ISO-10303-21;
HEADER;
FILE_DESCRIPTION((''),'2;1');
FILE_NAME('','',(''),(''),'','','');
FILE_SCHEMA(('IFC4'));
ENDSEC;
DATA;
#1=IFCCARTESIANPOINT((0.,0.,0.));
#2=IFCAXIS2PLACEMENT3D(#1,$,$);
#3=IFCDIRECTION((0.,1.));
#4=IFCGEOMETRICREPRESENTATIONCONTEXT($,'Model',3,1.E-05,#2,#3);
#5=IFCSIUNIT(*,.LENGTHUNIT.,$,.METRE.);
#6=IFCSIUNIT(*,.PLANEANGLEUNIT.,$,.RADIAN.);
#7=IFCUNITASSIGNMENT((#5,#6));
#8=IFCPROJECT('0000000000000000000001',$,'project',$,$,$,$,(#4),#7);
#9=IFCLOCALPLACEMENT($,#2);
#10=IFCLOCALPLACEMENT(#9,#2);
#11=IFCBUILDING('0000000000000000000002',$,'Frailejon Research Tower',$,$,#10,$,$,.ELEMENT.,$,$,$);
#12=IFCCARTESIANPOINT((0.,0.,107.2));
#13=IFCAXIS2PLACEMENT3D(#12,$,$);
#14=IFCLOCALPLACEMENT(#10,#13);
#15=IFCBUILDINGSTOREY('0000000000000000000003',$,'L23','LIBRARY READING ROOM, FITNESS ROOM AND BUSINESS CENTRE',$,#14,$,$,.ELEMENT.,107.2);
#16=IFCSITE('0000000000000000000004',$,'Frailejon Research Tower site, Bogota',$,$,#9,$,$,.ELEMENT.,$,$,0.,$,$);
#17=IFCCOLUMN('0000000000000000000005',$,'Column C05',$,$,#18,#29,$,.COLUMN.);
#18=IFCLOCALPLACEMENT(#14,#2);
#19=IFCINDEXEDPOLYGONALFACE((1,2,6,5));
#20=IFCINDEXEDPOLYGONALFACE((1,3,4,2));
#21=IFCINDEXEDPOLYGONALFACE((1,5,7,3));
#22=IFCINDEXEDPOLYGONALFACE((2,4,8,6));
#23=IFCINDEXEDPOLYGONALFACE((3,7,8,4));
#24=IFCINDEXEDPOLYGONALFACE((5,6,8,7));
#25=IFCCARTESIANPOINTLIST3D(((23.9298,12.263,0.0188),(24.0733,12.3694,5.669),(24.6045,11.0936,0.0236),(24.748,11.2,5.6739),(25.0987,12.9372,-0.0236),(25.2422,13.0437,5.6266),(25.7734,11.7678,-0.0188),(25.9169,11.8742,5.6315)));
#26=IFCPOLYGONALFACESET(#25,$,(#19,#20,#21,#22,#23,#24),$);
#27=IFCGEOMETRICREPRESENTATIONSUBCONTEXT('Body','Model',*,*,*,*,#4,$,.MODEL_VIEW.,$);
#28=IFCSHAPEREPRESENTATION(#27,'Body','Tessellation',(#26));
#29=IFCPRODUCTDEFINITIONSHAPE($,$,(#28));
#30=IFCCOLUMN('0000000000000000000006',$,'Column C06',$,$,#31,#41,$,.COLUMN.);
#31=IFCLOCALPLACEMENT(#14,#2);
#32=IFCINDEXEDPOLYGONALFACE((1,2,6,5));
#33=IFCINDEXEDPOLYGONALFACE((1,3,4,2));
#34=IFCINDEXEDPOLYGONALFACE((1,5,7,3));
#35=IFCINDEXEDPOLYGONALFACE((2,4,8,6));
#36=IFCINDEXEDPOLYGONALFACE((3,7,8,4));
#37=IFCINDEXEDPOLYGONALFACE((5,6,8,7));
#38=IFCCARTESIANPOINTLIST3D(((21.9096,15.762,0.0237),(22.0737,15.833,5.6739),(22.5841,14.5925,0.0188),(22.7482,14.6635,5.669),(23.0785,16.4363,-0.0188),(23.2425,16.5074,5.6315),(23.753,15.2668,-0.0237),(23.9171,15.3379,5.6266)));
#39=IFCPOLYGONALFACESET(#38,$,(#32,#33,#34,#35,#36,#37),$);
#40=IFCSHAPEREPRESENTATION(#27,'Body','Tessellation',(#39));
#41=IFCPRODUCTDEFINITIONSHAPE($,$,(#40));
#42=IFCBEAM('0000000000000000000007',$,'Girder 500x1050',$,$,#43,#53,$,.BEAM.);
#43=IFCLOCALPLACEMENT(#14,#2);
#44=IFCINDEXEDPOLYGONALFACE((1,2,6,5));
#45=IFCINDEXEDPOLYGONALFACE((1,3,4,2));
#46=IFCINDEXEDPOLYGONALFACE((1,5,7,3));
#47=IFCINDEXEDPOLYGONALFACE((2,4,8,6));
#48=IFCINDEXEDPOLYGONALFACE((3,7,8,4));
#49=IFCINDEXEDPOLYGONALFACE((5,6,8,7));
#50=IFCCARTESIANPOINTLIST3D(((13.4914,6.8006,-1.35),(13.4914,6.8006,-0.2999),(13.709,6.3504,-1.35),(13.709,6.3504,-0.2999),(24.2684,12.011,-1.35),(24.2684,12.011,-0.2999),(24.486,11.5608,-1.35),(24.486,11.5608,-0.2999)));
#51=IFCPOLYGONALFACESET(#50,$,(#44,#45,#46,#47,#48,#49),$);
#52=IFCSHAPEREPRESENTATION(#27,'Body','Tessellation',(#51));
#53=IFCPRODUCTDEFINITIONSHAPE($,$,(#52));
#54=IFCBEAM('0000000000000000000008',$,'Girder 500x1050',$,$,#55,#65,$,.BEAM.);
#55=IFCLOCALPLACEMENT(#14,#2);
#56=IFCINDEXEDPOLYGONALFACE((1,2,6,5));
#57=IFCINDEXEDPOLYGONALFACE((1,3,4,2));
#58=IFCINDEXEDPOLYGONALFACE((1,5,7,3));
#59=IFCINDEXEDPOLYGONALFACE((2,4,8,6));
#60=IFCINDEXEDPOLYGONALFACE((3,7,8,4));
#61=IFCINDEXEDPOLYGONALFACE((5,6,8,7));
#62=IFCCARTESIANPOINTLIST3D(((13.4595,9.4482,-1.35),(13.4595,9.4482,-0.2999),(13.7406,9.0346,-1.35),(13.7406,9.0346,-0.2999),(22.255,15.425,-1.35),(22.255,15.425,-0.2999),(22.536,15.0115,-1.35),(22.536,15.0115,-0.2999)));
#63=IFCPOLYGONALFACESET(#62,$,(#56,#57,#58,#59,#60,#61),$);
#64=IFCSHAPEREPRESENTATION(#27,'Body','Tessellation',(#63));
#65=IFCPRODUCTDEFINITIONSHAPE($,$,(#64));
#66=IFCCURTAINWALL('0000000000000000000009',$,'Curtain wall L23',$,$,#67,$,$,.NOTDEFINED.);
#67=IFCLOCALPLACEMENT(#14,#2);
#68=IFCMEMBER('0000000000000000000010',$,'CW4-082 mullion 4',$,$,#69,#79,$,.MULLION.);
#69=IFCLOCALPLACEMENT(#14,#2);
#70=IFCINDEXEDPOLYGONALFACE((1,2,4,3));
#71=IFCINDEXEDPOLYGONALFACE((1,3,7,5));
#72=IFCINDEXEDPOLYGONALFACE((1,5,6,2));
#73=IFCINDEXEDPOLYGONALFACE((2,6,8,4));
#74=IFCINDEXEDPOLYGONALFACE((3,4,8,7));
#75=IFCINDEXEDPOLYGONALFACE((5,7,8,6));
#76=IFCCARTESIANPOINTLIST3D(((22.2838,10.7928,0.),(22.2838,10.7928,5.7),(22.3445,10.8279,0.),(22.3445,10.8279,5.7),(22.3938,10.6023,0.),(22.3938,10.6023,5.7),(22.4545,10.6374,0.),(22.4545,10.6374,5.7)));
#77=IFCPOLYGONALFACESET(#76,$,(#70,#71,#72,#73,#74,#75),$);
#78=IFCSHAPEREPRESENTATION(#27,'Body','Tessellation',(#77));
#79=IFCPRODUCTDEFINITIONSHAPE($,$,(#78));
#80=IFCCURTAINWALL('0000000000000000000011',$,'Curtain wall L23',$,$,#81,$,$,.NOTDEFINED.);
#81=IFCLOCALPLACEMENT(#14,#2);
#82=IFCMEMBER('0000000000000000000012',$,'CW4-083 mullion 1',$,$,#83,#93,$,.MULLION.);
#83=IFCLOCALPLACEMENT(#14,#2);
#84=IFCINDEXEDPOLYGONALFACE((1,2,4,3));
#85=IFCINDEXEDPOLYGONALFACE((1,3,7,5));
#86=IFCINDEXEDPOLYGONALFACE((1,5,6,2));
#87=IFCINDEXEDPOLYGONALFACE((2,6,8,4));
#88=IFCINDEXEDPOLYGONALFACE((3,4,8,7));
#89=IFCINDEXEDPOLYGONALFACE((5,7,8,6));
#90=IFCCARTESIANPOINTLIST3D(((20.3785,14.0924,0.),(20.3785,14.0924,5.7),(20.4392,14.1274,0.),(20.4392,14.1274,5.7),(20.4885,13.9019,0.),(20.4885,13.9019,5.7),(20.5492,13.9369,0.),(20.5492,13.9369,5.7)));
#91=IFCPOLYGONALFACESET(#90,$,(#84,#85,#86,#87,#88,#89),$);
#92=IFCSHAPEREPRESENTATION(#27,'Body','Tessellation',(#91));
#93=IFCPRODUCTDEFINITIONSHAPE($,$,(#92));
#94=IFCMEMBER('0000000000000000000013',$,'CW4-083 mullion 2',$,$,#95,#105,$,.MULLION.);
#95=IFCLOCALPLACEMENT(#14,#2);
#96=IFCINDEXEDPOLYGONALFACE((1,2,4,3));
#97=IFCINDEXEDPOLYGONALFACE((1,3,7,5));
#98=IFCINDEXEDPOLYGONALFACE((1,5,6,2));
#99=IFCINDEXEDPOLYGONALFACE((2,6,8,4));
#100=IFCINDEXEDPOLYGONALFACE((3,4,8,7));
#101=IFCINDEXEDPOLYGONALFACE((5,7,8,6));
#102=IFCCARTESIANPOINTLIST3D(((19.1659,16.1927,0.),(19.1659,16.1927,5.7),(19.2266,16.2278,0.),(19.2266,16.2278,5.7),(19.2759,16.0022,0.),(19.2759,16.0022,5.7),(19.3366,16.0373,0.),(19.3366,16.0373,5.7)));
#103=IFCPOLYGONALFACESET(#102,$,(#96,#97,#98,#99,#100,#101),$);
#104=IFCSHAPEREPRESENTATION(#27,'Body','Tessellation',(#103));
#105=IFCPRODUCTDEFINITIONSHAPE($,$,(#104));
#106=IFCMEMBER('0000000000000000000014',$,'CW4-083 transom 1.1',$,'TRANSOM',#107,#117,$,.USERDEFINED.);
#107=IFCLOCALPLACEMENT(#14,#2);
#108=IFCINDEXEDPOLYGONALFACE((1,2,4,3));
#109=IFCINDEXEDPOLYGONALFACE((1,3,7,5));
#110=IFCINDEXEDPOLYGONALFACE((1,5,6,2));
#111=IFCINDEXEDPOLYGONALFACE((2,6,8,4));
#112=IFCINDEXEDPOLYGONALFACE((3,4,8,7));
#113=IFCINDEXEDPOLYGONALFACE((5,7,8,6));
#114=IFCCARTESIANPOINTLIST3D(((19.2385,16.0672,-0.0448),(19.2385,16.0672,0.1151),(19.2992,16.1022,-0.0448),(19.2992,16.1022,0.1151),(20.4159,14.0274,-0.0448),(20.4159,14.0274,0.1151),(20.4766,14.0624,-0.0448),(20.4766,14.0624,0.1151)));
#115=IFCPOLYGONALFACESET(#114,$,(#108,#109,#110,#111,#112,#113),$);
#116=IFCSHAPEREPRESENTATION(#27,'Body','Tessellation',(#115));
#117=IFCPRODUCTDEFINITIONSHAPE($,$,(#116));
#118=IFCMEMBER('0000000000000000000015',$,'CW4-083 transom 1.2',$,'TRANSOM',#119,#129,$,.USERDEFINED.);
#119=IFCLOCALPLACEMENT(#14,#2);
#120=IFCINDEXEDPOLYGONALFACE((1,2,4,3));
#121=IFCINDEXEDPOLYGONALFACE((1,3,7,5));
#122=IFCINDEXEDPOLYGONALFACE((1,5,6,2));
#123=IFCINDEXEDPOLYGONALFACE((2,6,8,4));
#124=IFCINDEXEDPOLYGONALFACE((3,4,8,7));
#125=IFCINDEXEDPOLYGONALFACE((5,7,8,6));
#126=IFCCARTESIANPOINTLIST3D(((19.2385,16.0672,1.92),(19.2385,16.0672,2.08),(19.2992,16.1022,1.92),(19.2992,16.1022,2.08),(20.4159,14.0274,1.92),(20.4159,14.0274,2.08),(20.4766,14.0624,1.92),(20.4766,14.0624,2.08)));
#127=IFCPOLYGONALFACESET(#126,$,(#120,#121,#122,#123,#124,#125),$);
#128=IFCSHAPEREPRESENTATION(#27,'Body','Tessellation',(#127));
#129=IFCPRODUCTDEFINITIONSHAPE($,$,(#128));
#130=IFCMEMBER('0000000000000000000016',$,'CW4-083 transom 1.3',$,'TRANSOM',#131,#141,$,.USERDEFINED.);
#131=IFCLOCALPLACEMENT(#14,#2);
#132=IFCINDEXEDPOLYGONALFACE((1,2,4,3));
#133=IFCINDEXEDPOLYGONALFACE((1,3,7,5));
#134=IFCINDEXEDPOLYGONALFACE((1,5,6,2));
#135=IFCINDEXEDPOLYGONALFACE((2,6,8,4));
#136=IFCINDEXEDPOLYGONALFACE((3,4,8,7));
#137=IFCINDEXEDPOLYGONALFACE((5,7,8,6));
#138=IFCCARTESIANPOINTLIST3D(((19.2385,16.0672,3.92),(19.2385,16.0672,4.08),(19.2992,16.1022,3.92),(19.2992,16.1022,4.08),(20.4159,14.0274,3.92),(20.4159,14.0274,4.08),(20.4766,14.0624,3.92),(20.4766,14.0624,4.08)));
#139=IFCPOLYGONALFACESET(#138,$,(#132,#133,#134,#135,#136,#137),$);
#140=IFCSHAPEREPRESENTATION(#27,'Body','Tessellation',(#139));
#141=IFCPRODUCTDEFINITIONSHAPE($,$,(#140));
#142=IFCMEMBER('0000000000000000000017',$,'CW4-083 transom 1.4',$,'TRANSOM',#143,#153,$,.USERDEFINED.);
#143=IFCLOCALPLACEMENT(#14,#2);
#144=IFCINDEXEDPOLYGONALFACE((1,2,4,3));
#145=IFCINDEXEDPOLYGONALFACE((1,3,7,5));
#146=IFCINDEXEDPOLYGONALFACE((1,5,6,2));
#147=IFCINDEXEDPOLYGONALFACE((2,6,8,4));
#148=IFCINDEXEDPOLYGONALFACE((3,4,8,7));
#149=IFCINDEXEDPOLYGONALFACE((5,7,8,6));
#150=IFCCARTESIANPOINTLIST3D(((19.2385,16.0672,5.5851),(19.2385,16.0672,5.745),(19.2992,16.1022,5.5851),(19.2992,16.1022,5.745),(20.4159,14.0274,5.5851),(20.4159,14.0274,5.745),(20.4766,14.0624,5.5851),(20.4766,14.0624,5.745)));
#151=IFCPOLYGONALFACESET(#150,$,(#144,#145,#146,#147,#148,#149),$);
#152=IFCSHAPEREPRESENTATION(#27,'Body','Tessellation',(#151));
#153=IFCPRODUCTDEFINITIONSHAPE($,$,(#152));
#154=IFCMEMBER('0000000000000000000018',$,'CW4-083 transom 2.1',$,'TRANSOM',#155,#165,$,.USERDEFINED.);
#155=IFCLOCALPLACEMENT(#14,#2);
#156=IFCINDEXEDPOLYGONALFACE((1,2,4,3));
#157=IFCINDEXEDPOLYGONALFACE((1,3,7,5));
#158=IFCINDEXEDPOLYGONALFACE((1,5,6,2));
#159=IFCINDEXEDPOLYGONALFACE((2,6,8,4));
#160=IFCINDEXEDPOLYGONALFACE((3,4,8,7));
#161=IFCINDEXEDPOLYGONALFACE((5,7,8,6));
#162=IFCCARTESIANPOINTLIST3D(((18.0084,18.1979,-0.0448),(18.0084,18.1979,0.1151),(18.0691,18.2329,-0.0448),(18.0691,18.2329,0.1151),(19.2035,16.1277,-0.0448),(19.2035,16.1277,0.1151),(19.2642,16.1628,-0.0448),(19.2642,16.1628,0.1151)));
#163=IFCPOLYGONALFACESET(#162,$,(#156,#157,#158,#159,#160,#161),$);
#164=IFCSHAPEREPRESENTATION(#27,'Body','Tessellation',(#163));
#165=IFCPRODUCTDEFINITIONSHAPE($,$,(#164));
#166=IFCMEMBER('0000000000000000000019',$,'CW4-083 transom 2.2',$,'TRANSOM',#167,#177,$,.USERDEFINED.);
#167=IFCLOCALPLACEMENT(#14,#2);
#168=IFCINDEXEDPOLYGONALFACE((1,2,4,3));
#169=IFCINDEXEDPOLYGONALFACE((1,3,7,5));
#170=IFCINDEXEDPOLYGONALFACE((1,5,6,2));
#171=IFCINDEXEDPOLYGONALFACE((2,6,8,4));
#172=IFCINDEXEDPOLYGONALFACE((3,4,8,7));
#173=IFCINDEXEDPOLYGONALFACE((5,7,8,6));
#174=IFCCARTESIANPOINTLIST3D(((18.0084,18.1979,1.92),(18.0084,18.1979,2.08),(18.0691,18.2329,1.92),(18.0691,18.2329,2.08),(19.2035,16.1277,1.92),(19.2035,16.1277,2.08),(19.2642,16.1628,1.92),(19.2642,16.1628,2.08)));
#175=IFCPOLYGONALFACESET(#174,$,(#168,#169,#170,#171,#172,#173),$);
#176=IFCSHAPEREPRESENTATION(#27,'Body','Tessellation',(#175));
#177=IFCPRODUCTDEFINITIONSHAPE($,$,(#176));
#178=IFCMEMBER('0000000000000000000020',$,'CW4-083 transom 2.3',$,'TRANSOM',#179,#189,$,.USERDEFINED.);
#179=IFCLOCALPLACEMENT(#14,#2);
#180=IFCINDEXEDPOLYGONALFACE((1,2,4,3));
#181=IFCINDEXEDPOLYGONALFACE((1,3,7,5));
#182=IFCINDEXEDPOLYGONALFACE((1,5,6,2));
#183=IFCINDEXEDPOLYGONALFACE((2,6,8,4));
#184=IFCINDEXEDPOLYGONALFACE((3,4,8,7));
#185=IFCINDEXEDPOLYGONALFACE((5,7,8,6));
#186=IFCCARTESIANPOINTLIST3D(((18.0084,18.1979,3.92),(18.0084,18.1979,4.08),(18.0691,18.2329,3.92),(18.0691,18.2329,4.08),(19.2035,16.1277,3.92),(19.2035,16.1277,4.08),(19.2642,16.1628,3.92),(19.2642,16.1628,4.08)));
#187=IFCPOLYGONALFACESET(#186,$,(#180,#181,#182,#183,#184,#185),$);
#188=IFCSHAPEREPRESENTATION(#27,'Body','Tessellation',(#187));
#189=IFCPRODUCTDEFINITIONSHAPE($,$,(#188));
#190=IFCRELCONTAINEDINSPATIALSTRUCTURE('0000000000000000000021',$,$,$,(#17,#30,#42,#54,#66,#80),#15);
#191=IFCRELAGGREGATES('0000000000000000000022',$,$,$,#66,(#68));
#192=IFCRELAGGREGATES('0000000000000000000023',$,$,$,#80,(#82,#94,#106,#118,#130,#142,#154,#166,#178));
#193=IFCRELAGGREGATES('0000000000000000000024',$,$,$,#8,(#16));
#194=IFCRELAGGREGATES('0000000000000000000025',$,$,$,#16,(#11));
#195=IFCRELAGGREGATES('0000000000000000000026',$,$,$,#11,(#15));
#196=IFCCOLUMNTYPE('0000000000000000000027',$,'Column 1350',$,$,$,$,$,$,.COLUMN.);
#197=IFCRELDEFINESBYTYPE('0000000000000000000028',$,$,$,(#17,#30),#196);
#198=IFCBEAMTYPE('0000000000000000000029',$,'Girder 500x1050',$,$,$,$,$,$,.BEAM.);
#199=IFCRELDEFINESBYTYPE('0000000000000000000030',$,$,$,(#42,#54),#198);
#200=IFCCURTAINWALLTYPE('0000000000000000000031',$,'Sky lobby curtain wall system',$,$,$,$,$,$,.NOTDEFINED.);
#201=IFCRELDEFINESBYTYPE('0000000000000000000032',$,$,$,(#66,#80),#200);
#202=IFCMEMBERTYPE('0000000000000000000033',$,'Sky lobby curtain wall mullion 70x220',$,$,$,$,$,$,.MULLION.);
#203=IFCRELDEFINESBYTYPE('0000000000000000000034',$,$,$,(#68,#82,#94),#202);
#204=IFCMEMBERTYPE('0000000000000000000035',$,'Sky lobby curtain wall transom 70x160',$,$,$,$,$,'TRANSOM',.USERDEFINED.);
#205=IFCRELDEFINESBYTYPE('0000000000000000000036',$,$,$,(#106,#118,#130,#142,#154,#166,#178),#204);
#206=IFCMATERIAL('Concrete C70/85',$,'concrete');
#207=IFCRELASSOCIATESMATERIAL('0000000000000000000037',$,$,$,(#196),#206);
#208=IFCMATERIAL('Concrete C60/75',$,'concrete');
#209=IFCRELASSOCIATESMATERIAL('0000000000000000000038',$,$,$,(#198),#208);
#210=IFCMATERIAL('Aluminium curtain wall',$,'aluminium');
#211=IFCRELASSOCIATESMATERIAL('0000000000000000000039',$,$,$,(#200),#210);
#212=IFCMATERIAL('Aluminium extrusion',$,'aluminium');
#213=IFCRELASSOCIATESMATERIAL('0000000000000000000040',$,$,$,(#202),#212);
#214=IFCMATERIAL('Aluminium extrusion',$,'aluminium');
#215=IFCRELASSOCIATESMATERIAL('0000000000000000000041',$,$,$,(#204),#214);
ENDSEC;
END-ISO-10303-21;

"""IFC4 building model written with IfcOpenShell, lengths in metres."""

from ifc_helpers import new_model, si_unit, direction, frame, origin, origin_2d, place, context, subcontext, project, spatial, rectangle, extrude, material, material_profile, profile_set, type_object, element, aggregate, save


model = new_model("IFC4")

# Units and contexts
model_context = context("Model", 3, precision=1e-05, world=origin(), true_north=direction((0.0, 1.0)))
body_context = subcontext(model_context, "Body", "Model", "MODEL_VIEW")
ifc_project = project(units=[si_unit("LENGTHUNIT", "METRE"), si_unit("PLANEANGLEUNIT", "RADIAN")], contexts=[model_context])

# Site, building, storey
site_placement = place(None, origin())
site = spatial("IfcSite", under=ifc_project, at=site_placement, Name="Frailejon Research Tower site, Bogota", CompositionType="ELEMENT", RefElevation=0.0)
building_placement = place(site_placement, origin())
building = spatial("IfcBuilding", under=site, at=building_placement, Name="Frailejon Research Tower", CompositionType="ELEMENT")
storey_placement = place(building_placement, frame((0.0, 0.0, 107.2)))
storey = spatial("IfcBuildingStorey", under=building, at=storey_placement, Name="L23", Description="LIBRARY READING ROOM, FITNESS ROOM AND BUSINESS CENTRE", CompositionType="ELEMENT", Elevation=107.2)

# Columns
ifc_material_1 = material(Name="Concrete C70/85", Category="concrete")
ifc_material_profile_1 = material_profile(ifc_material_1, rectangle(XDim=1.3501, YDim=1.3501, at=origin_2d()), Name="Column 1350")
ifc_profile_set_1 = profile_set([ifc_material_profile_1], Name="Concrete C70/85")
column_type = type_object("IfcColumnType", Name="Column 1350", PredefinedType="COLUMN", material=ifc_profile_set_1)
for number, where, z_axis, x_axis, name in (
    (1, (24.8516, 12.0154, 0.0), (0.025395, 0.01883, 0.9995), (-0.499744, 0.866166, -0.003621), "Column C05"),
    (2, (22.8313, 15.5144, 0.0), (0.029022, 0.012568, 0.9995), (-0.499626, 0.866234, 0.003616), "Column C06"),
):
    element("IfcColumn", number, at=place(storey_placement, frame(where, z_axis=z_axis, x_axis=x_axis)), inside=storey, type_object=column_type, Name=name, PredefinedType="COLUMN", context=body_context, shape_type="SweptSolid", body=[
        extrude(rectangle(XDim=1.3501, YDim=1.3501, at=origin_2d()), origin(), (0.0, 0.0, 1.0), 5.6531),
    ])

# Beams
ifc_material_2 = material(Name="Concrete C60/75", Category="concrete")
ifc_material_profile_2 = material_profile(ifc_material_2, rectangle(XDim=0.5, YDim=1.05, at=origin_2d()), Name="Girder 500x1050")
ifc_profile_set_2 = profile_set([ifc_material_profile_2], Name="Concrete C60/75")
beam_type_1 = type_object("IfcBeamType", Name="Girder 500x1050", PredefinedType="BEAM", material=ifc_profile_set_2)
beam_1_placement = place(storey_placement, frame((24.3772, 11.7859, -0.825), z_axis=(-0.900299, -0.435271, 0.0), x_axis=(0.435271, -0.900299, 0.0)))
element("IfcBeam", 3, at=beam_1_placement, inside=storey, type_object=beam_type_1, Name="Girder 500x1050", PredefinedType="BEAM", context=body_context, shape_type="SweptSolid", body=[
    extrude(rectangle(XDim=0.5, YDim=1.05, at=origin_2d()), origin(), (0.0, 0.0, 1.0), 11.9705),
])
beam_2_placement = place(storey_placement, frame((22.3955, 15.2183, -0.825), z_axis=(-0.827105, -0.562048, 0.0), x_axis=(0.562048, -0.827105, 0.0)))
element("IfcBeam", 4, at=beam_2_placement, inside=storey, type_object=beam_type_1, Name="Girder 500x1050", PredefinedType="BEAM", context=body_context, shape_type="SweptSolid", body=[
    extrude(rectangle(XDim=0.5, YDim=1.05, at=origin_2d()), origin(), (0.0, 0.0, 1.0), 10.634),
])

# Curtain wall, member
ifc_material_3 = material(Name="Aluminium curtain wall", Category="aluminium")
curtain_wall_type = type_object("IfcCurtainWallType", Name="Sky lobby curtain wall system", PredefinedType="NOTDEFINED", material=ifc_material_3)
curtain_wall_1_placement = place(storey_placement, origin())
curtain_wall_1 = element("IfcCurtainWall", 5, at=curtain_wall_1_placement, inside=storey, type_object=curtain_wall_type, Name="Curtain wall L23", PredefinedType="NOTDEFINED")
ifc_material_4 = material(Name="Aluminium extrusion", Category="aluminium")
ifc_material_profile_3 = material_profile(ifc_material_4, rectangle(XDim=0.0701, YDim=0.22, at=origin_2d()), Name="Sky lobby curtain wall mullion 70x220")
ifc_profile_set_3 = profile_set([ifc_material_profile_3], Name="Aluminium extrusion")
member_type_1 = type_object("IfcMemberType", Name="Sky lobby curtain wall mullion 70x220", PredefinedType="MULLION", material=ifc_profile_set_3)
member_1_placement = place(storey_placement, frame((22.3691, 10.7151, 0.0), z_axis=(0.0, 0.0, 1.0), x_axis=(-0.866028, -0.499995, 0.0)))
member_1 = element("IfcMember", 6, at=member_1_placement, type_object=member_type_1, Name="CW4-082 mullion 4", PredefinedType="MULLION", context=body_context, shape_type="SweptSolid", body=[
    extrude(rectangle(XDim=0.0701, YDim=0.22, at=origin_2d()), origin(), (0.0, 0.0, 1.0), 5.7),
])
aggregate(curtain_wall_1, [member_1])

# Curtain wall, members
curtain_wall_2_placement = place(storey_placement, origin())
curtain_wall_2 = element("IfcCurtainWall", 7, at=curtain_wall_2_placement, inside=storey, type_object=curtain_wall_type, Name="Curtain wall L23", PredefinedType="NOTDEFINED")
member_2_placement = place(storey_placement, frame((20.4639, 14.0146, 0.0), z_axis=(0.0, 0.0, 1.0), x_axis=(-0.866028, -0.499995, 0.0)))
member_2 = element("IfcMember", 8, at=member_2_placement, type_object=member_type_1, Name="CW4-083 mullion 1", PredefinedType="MULLION", context=body_context, shape_type="SweptSolid", body=[
    extrude(rectangle(XDim=0.0701, YDim=0.22, at=origin_2d()), origin(), (0.0, 0.0, 1.0), 5.7),
])
member_3_placement = place(storey_placement, frame((19.2512, 16.115, 0.0), z_axis=(0.0, 0.0, 1.0), x_axis=(-0.866028, -0.499995, 0.0)))
member_3 = element("IfcMember", 9, at=member_3_placement, type_object=member_type_1, Name="CW4-083 mullion 2", PredefinedType="MULLION", context=body_context, shape_type="SweptSolid", body=[
    extrude(rectangle(XDim=0.0701, YDim=0.22, at=origin_2d()), origin(), (0.0, 0.0, 1.0), 5.7),
])
ifc_material_5 = material(Name="Aluminium extrusion", Category="aluminium")
ifc_material_profile_4 = material_profile(ifc_material_5, rectangle(XDim=0.0701, YDim=0.1599, at=origin_2d()), Name="Sky lobby curtain wall transom 70x160")
ifc_profile_set_4 = profile_set([ifc_material_profile_4], Name="Aluminium extrusion")
member_type_2 = type_object("IfcMemberType", Name="Sky lobby curtain wall transom 70x160", ElementType="TRANSOM", PredefinedType="USERDEFINED", material=ifc_profile_set_4)
member_4_placement = place(storey_placement, frame((20.4463, 14.0449, 0.0352), z_axis=(-0.499941, 0.86606, 0.0), x_axis=(-0.86606, -0.499941, 0.0)))
member_4 = element("IfcMember", 10, at=member_4_placement, type_object=member_type_2, Name="CW4-083 transom 1.1", ObjectType="TRANSOM", PredefinedType="USERDEFINED", context=body_context, shape_type="SweptSolid", body=[
    extrude(rectangle(XDim=0.0701, YDim=0.1599, at=origin_2d()), origin(), (0.0, 0.0, 1.0), 2.3552),
])
member_5_placement = place(storey_placement, frame((20.4463, 14.0449, 2.0), z_axis=(-0.499941, 0.86606, 0.0), x_axis=(-0.86606, -0.499941, 0.0)))
member_5 = element("IfcMember", 11, at=member_5_placement, type_object=member_type_2, Name="CW4-083 transom 1.2", ObjectType="TRANSOM", PredefinedType="USERDEFINED", context=body_context, shape_type="SweptSolid", body=[
    extrude(rectangle(XDim=0.0701, YDim=0.1599, at=origin_2d()), origin(), (0.0, 0.0, 1.0), 2.3552),
])
member_6_placement = place(storey_placement, frame((20.4463, 14.0449, 4.0), z_axis=(-0.499941, 0.86606, 0.0), x_axis=(-0.86606, -0.499941, 0.0)))
member_6 = element("IfcMember", 12, at=member_6_placement, type_object=member_type_2, Name="CW4-083 transom 1.3", ObjectType="TRANSOM", PredefinedType="USERDEFINED", context=body_context, shape_type="SweptSolid", body=[
    extrude(rectangle(XDim=0.0701, YDim=0.1599, at=origin_2d()), origin(), (0.0, 0.0, 1.0), 2.3552),
])
member_7_placement = place(storey_placement, frame((20.4463, 14.0449, 5.665), z_axis=(-0.499941, 0.86606, 0.0), x_axis=(-0.86606, -0.499941, 0.0)))
member_7 = element("IfcMember", 13, at=member_7_placement, type_object=member_type_2, Name="CW4-083 transom 1.4", ObjectType="TRANSOM", PredefinedType="USERDEFINED", context=body_context, shape_type="SweptSolid", body=[
    extrude(rectangle(XDim=0.0701, YDim=0.1599, at=origin_2d()), origin(), (0.0, 0.0, 1.0), 2.3552),
])
member_8_placement = place(storey_placement, frame((19.2339, 16.1453, 0.0352), z_axis=(-0.499973, 0.866041, 0.0), x_axis=(-0.866041, -0.499973, 0.0)))
member_8 = element("IfcMember", 14, at=member_8_placement, type_object=member_type_2, Name="CW4-083 transom 2.1", ObjectType="TRANSOM", PredefinedType="USERDEFINED", context=body_context, shape_type="SweptSolid", body=[
    extrude(rectangle(XDim=0.0701, YDim=0.1599, at=origin_2d()), origin(), (0.0, 0.0, 1.0), 2.3904),
])
member_9_placement = place(storey_placement, frame((19.2339, 16.1453, 2.0), z_axis=(-0.499973, 0.866041, 0.0), x_axis=(-0.866041, -0.499973, 0.0)))
member_9 = element("IfcMember", 15, at=member_9_placement, type_object=member_type_2, Name="CW4-083 transom 2.2", ObjectType="TRANSOM", PredefinedType="USERDEFINED", context=body_context, shape_type="SweptSolid", body=[
    extrude(rectangle(XDim=0.0701, YDim=0.1599, at=origin_2d()), origin(), (0.0, 0.0, 1.0), 2.3904),
])
member_10_placement = place(storey_placement, frame((19.2339, 16.1453, 4.0), z_axis=(-0.499973, 0.866041, 0.0), x_axis=(-0.866041, -0.499973, 0.0)))
member_10 = element("IfcMember", 16, at=member_10_placement, type_object=member_type_2, Name="CW4-083 transom 2.3", ObjectType="TRANSOM", PredefinedType="USERDEFINED", context=body_context, shape_type="SweptSolid", body=[
    extrude(rectangle(XDim=0.0701, YDim=0.1599, at=origin_2d()), origin(), (0.0, 0.0, 1.0), 2.3904),
])

aggregate(curtain_wall_2, [member_2, member_3, member_4, member_5, member_6, member_7, member_8, member_9, member_10])

save(model, "model.ifc")
